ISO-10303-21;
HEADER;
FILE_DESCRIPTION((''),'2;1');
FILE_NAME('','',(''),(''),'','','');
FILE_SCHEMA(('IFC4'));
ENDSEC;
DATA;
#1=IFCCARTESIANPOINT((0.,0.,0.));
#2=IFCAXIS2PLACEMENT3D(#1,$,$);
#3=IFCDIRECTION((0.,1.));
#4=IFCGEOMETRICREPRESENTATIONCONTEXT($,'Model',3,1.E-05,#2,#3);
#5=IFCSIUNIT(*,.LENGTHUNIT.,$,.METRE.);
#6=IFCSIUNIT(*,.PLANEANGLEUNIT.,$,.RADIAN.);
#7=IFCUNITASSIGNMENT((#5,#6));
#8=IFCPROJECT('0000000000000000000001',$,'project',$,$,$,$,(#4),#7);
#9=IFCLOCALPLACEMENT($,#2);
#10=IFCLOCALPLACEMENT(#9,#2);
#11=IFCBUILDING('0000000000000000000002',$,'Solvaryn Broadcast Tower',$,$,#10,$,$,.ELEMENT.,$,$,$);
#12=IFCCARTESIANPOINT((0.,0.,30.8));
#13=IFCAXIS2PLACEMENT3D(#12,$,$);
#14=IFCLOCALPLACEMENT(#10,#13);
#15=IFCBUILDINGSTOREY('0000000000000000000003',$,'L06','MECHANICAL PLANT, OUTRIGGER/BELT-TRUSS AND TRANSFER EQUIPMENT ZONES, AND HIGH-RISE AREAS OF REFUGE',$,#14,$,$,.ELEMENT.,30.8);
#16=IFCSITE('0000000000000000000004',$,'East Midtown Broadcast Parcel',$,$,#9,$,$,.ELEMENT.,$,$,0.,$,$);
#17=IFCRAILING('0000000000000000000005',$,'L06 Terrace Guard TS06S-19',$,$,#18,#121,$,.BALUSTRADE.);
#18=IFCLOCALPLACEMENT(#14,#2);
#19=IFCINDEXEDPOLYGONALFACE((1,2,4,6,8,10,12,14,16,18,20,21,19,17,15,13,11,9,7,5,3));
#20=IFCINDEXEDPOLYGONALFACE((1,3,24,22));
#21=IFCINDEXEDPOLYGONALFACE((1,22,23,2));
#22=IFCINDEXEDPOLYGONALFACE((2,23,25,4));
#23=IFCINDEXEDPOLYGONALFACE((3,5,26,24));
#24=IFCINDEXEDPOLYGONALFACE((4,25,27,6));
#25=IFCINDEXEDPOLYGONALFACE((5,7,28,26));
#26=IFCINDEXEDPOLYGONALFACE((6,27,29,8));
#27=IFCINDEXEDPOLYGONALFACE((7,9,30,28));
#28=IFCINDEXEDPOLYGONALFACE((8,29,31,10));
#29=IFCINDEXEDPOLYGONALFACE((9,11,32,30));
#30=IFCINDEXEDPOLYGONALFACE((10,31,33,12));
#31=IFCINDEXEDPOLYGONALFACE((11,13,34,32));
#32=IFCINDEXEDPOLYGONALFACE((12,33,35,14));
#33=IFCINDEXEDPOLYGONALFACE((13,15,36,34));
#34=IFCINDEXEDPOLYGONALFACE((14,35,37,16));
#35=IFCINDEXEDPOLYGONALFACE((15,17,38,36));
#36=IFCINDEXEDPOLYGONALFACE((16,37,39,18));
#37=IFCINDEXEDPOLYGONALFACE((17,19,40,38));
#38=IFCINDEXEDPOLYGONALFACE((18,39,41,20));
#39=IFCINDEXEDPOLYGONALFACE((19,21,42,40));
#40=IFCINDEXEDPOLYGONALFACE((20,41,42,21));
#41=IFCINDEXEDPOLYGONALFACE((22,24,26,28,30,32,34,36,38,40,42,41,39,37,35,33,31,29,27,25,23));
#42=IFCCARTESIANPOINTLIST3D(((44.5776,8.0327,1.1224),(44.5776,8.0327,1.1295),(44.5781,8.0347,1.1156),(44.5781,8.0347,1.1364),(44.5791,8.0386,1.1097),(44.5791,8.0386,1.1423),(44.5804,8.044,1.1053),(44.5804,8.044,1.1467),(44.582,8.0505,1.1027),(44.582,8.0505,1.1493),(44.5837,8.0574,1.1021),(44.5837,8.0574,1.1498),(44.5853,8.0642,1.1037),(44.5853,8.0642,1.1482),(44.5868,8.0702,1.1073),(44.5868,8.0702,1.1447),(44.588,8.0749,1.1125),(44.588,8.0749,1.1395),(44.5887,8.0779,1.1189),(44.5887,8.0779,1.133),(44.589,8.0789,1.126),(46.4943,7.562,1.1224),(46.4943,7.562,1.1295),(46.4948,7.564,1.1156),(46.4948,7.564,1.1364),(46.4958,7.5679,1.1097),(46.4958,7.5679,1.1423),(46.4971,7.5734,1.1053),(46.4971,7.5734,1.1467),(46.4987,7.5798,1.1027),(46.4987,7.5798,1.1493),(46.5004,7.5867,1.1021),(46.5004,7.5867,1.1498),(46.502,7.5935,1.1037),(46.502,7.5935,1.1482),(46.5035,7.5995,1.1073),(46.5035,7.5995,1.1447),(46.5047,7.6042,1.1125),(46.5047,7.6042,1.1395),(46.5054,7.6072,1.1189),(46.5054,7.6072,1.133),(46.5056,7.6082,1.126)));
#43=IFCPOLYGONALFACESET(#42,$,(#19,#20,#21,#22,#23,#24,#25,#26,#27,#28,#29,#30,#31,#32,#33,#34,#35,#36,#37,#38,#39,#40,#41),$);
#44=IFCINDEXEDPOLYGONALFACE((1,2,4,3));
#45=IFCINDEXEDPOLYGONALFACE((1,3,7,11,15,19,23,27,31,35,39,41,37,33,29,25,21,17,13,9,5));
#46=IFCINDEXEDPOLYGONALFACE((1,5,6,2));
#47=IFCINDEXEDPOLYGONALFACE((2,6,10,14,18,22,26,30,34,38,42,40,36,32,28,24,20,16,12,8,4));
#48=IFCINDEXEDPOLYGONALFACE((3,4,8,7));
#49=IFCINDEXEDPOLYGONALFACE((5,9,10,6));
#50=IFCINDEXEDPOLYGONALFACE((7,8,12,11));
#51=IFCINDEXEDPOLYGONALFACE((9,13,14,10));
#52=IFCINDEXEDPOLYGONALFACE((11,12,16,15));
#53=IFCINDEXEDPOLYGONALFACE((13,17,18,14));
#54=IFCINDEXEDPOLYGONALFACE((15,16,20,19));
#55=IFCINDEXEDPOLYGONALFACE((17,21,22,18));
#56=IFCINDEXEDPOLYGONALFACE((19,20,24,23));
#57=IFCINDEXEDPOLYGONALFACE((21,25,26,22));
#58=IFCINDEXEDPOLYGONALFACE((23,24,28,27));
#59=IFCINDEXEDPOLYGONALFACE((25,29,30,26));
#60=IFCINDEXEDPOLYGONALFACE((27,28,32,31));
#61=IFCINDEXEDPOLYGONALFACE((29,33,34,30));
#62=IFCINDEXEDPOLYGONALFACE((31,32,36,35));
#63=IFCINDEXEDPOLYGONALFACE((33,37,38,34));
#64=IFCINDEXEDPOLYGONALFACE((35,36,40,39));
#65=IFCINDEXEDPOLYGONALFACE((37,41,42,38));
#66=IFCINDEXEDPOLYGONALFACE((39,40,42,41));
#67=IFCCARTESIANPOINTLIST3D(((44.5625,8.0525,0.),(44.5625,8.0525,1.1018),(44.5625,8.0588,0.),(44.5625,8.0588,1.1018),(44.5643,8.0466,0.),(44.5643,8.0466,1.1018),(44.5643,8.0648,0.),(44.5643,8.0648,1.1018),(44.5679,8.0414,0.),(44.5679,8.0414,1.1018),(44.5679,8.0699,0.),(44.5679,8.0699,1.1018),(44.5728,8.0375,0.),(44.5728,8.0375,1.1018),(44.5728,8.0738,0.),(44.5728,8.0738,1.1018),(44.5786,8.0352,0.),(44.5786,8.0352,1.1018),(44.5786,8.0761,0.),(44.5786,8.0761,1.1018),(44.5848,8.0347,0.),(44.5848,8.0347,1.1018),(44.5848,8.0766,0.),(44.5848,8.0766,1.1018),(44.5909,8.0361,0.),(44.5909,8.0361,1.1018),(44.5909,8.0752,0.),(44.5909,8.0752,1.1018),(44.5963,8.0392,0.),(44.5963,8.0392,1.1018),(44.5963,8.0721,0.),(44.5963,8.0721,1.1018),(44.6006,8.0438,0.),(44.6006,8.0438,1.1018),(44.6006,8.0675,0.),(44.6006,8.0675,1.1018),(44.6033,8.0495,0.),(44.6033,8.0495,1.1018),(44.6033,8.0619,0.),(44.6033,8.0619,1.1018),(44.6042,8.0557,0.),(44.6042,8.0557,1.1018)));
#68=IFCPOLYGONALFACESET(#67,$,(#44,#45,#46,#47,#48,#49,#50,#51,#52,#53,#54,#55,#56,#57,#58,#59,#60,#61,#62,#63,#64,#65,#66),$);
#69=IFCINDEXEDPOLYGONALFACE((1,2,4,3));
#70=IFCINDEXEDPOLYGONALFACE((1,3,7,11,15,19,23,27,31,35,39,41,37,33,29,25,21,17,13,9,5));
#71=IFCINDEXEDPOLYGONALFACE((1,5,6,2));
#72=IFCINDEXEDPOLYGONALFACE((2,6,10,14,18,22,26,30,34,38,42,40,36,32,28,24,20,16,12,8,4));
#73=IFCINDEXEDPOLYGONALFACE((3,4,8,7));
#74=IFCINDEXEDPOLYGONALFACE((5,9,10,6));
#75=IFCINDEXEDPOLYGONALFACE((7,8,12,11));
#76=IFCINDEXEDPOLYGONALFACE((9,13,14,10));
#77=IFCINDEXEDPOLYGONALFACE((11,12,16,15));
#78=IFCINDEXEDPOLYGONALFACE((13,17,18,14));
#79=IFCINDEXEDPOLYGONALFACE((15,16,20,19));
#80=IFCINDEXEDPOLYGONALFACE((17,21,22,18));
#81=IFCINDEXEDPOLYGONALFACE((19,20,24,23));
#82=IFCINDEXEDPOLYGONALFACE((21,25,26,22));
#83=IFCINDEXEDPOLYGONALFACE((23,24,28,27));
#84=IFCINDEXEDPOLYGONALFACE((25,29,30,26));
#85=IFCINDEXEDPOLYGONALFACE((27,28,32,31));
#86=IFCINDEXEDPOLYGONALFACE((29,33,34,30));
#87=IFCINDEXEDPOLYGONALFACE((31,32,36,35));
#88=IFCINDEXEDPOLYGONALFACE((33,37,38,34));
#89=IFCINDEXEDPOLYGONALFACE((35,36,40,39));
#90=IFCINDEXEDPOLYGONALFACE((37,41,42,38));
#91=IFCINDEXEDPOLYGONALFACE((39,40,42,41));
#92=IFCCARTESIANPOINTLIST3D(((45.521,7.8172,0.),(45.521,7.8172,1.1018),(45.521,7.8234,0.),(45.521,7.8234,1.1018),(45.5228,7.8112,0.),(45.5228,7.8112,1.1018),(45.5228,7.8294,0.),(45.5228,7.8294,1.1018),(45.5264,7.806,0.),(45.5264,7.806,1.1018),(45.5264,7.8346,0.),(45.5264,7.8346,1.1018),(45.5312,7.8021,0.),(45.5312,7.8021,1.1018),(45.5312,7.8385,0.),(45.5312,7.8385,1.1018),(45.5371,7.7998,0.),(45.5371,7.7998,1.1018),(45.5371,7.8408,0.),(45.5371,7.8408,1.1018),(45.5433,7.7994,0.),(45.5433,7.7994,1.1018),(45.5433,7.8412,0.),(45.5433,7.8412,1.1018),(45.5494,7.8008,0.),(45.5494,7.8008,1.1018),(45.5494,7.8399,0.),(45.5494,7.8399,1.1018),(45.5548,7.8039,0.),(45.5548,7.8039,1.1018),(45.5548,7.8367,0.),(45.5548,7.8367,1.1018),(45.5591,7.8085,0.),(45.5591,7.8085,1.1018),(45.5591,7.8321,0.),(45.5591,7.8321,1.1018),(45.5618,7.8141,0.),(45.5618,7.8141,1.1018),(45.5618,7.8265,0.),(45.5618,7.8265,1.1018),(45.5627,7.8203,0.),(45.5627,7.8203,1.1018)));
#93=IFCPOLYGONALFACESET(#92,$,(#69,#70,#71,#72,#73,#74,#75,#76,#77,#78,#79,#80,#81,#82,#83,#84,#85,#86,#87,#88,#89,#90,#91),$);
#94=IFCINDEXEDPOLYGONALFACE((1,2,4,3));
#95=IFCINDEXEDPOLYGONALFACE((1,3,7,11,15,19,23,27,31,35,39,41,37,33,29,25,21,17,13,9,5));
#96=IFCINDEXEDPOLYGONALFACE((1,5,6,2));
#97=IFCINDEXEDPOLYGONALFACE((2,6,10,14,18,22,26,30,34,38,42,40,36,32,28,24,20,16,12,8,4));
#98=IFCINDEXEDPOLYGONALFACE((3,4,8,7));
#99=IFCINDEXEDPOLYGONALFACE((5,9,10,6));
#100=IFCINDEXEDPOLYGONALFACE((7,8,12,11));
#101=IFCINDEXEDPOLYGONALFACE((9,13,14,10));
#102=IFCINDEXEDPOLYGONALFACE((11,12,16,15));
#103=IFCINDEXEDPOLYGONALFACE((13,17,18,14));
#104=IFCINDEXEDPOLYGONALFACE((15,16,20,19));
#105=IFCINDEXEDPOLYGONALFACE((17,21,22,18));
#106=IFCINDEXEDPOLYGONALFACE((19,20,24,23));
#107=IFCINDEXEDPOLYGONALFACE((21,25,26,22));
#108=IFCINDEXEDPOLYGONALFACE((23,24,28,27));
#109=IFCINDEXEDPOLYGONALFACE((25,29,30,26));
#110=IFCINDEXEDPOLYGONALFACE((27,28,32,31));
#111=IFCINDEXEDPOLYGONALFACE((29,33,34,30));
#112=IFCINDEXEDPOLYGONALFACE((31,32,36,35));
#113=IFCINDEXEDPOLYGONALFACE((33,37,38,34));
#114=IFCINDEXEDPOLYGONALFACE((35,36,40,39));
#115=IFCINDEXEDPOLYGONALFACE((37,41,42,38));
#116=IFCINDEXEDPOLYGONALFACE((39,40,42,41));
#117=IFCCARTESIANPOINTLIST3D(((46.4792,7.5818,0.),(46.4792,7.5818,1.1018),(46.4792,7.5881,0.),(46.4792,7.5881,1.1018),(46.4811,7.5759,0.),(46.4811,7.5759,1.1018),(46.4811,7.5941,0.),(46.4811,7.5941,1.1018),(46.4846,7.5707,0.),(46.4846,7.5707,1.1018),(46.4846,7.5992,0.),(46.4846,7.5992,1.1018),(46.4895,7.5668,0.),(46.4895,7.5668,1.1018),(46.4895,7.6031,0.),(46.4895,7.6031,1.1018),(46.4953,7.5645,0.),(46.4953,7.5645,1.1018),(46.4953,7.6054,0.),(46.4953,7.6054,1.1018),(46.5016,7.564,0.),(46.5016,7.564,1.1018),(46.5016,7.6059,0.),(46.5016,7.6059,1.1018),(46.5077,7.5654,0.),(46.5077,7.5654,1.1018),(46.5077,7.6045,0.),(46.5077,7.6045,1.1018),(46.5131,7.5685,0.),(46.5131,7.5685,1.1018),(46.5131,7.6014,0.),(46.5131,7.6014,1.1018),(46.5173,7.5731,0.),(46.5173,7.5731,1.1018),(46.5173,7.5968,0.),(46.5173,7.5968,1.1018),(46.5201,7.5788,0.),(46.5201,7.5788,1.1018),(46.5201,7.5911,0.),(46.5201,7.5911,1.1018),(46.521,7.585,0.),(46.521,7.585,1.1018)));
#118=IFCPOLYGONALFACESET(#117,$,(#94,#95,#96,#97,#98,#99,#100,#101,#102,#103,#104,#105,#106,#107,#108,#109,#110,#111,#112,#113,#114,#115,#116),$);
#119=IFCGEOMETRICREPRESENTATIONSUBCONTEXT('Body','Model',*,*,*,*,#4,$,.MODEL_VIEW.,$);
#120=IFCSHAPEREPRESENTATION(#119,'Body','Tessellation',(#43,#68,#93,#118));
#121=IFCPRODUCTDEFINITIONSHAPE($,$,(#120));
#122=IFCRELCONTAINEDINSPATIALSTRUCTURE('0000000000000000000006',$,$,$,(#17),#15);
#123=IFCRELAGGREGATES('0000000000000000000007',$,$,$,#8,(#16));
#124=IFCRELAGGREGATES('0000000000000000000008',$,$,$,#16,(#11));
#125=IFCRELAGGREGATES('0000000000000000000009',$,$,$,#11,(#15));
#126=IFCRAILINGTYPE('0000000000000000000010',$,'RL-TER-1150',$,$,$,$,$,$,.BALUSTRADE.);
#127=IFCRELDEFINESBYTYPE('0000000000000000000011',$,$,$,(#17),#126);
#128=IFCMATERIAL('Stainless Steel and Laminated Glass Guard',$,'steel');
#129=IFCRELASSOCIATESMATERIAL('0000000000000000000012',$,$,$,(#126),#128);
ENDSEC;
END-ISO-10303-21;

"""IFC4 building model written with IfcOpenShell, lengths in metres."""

from ifc_helpers import new_model, si_unit, direction, frame, origin, origin_2d, place, context, subcontext, project, spatial, circle, extrude, material, type_object, element, save


model = new_model("IFC4")

# Units and contexts
model_context = context("Model", 3, precision=1e-05, world=origin(), true_north=direction((0.0, 1.0)))
body_context = subcontext(model_context, "Body", "Model", "MODEL_VIEW")
ifc_project = project(units=[si_unit("LENGTHUNIT", "METRE"), si_unit("PLANEANGLEUNIT", "RADIAN")], contexts=[model_context])

# Site, building, storey
site_placement = place(None, origin())
site = spatial("IfcSite", under=ifc_project, at=site_placement, Name="East Midtown Broadcast Parcel", CompositionType="ELEMENT", RefElevation=0.0)
building_placement = place(site_placement, origin())
building = spatial("IfcBuilding", under=site, at=building_placement, Name="Solvaryn Broadcast Tower", CompositionType="ELEMENT")
storey_placement = place(building_placement, frame((0.0, 0.0, 30.8)))
storey = spatial("IfcBuildingStorey", under=building, at=storey_placement, Name="L06", Description="MECHANICAL PLANT, OUTRIGGER/BELT-TRUSS AND TRANSFER EQUIPMENT ZONES, AND HIGH-RISE AREAS OF REFUGE", CompositionType="ELEMENT", Elevation=30.8)

# Railing
ifc_material_1 = material(Name="Stainless Steel and Laminated Glass Guard", Category="steel")
railing_type = type_object("IfcRailingType", Name="RL-TER-1150", PredefinedType="BALUSTRADE", material=ifc_material_1)
railing_1_placement = place(storey_placement, frame((44.5833, 8.0557, 0.0)))
element("IfcRailing", 1, at=railing_1_placement, inside=storey, type_object=railing_type, Name="L06 Terrace Guard TS06S-19", PredefinedType="BALUSTRADE", context=body_context, shape_type="SweptSolid", body=[
    extrude(circle(Radius=0.0239, at=origin_2d()), frame((0.0, 0.0, 1.126), z_axis=(0.971145, -0.238488, 0.0), x_axis=(0.238488, 0.971145, 0.0)), (0.0, 0.0, 1.0), 1.9736),
    extrude(circle(Radius=0.021, at=origin_2d()), origin(), (0.0, 0.0, 1.0), 1.1018),
    extrude(circle(Radius=0.021, at=origin_2d()), frame((0.9585, -0.2354, 0.0)), (0.0, 0.0, 1.0), 1.1018),
    extrude(circle(Radius=0.021, at=origin_2d()), frame((1.9167, -0.4707, 0.0)), (0.0, 0.0, 1.0), 1.1018),
])

save(model, "model.ifc")
